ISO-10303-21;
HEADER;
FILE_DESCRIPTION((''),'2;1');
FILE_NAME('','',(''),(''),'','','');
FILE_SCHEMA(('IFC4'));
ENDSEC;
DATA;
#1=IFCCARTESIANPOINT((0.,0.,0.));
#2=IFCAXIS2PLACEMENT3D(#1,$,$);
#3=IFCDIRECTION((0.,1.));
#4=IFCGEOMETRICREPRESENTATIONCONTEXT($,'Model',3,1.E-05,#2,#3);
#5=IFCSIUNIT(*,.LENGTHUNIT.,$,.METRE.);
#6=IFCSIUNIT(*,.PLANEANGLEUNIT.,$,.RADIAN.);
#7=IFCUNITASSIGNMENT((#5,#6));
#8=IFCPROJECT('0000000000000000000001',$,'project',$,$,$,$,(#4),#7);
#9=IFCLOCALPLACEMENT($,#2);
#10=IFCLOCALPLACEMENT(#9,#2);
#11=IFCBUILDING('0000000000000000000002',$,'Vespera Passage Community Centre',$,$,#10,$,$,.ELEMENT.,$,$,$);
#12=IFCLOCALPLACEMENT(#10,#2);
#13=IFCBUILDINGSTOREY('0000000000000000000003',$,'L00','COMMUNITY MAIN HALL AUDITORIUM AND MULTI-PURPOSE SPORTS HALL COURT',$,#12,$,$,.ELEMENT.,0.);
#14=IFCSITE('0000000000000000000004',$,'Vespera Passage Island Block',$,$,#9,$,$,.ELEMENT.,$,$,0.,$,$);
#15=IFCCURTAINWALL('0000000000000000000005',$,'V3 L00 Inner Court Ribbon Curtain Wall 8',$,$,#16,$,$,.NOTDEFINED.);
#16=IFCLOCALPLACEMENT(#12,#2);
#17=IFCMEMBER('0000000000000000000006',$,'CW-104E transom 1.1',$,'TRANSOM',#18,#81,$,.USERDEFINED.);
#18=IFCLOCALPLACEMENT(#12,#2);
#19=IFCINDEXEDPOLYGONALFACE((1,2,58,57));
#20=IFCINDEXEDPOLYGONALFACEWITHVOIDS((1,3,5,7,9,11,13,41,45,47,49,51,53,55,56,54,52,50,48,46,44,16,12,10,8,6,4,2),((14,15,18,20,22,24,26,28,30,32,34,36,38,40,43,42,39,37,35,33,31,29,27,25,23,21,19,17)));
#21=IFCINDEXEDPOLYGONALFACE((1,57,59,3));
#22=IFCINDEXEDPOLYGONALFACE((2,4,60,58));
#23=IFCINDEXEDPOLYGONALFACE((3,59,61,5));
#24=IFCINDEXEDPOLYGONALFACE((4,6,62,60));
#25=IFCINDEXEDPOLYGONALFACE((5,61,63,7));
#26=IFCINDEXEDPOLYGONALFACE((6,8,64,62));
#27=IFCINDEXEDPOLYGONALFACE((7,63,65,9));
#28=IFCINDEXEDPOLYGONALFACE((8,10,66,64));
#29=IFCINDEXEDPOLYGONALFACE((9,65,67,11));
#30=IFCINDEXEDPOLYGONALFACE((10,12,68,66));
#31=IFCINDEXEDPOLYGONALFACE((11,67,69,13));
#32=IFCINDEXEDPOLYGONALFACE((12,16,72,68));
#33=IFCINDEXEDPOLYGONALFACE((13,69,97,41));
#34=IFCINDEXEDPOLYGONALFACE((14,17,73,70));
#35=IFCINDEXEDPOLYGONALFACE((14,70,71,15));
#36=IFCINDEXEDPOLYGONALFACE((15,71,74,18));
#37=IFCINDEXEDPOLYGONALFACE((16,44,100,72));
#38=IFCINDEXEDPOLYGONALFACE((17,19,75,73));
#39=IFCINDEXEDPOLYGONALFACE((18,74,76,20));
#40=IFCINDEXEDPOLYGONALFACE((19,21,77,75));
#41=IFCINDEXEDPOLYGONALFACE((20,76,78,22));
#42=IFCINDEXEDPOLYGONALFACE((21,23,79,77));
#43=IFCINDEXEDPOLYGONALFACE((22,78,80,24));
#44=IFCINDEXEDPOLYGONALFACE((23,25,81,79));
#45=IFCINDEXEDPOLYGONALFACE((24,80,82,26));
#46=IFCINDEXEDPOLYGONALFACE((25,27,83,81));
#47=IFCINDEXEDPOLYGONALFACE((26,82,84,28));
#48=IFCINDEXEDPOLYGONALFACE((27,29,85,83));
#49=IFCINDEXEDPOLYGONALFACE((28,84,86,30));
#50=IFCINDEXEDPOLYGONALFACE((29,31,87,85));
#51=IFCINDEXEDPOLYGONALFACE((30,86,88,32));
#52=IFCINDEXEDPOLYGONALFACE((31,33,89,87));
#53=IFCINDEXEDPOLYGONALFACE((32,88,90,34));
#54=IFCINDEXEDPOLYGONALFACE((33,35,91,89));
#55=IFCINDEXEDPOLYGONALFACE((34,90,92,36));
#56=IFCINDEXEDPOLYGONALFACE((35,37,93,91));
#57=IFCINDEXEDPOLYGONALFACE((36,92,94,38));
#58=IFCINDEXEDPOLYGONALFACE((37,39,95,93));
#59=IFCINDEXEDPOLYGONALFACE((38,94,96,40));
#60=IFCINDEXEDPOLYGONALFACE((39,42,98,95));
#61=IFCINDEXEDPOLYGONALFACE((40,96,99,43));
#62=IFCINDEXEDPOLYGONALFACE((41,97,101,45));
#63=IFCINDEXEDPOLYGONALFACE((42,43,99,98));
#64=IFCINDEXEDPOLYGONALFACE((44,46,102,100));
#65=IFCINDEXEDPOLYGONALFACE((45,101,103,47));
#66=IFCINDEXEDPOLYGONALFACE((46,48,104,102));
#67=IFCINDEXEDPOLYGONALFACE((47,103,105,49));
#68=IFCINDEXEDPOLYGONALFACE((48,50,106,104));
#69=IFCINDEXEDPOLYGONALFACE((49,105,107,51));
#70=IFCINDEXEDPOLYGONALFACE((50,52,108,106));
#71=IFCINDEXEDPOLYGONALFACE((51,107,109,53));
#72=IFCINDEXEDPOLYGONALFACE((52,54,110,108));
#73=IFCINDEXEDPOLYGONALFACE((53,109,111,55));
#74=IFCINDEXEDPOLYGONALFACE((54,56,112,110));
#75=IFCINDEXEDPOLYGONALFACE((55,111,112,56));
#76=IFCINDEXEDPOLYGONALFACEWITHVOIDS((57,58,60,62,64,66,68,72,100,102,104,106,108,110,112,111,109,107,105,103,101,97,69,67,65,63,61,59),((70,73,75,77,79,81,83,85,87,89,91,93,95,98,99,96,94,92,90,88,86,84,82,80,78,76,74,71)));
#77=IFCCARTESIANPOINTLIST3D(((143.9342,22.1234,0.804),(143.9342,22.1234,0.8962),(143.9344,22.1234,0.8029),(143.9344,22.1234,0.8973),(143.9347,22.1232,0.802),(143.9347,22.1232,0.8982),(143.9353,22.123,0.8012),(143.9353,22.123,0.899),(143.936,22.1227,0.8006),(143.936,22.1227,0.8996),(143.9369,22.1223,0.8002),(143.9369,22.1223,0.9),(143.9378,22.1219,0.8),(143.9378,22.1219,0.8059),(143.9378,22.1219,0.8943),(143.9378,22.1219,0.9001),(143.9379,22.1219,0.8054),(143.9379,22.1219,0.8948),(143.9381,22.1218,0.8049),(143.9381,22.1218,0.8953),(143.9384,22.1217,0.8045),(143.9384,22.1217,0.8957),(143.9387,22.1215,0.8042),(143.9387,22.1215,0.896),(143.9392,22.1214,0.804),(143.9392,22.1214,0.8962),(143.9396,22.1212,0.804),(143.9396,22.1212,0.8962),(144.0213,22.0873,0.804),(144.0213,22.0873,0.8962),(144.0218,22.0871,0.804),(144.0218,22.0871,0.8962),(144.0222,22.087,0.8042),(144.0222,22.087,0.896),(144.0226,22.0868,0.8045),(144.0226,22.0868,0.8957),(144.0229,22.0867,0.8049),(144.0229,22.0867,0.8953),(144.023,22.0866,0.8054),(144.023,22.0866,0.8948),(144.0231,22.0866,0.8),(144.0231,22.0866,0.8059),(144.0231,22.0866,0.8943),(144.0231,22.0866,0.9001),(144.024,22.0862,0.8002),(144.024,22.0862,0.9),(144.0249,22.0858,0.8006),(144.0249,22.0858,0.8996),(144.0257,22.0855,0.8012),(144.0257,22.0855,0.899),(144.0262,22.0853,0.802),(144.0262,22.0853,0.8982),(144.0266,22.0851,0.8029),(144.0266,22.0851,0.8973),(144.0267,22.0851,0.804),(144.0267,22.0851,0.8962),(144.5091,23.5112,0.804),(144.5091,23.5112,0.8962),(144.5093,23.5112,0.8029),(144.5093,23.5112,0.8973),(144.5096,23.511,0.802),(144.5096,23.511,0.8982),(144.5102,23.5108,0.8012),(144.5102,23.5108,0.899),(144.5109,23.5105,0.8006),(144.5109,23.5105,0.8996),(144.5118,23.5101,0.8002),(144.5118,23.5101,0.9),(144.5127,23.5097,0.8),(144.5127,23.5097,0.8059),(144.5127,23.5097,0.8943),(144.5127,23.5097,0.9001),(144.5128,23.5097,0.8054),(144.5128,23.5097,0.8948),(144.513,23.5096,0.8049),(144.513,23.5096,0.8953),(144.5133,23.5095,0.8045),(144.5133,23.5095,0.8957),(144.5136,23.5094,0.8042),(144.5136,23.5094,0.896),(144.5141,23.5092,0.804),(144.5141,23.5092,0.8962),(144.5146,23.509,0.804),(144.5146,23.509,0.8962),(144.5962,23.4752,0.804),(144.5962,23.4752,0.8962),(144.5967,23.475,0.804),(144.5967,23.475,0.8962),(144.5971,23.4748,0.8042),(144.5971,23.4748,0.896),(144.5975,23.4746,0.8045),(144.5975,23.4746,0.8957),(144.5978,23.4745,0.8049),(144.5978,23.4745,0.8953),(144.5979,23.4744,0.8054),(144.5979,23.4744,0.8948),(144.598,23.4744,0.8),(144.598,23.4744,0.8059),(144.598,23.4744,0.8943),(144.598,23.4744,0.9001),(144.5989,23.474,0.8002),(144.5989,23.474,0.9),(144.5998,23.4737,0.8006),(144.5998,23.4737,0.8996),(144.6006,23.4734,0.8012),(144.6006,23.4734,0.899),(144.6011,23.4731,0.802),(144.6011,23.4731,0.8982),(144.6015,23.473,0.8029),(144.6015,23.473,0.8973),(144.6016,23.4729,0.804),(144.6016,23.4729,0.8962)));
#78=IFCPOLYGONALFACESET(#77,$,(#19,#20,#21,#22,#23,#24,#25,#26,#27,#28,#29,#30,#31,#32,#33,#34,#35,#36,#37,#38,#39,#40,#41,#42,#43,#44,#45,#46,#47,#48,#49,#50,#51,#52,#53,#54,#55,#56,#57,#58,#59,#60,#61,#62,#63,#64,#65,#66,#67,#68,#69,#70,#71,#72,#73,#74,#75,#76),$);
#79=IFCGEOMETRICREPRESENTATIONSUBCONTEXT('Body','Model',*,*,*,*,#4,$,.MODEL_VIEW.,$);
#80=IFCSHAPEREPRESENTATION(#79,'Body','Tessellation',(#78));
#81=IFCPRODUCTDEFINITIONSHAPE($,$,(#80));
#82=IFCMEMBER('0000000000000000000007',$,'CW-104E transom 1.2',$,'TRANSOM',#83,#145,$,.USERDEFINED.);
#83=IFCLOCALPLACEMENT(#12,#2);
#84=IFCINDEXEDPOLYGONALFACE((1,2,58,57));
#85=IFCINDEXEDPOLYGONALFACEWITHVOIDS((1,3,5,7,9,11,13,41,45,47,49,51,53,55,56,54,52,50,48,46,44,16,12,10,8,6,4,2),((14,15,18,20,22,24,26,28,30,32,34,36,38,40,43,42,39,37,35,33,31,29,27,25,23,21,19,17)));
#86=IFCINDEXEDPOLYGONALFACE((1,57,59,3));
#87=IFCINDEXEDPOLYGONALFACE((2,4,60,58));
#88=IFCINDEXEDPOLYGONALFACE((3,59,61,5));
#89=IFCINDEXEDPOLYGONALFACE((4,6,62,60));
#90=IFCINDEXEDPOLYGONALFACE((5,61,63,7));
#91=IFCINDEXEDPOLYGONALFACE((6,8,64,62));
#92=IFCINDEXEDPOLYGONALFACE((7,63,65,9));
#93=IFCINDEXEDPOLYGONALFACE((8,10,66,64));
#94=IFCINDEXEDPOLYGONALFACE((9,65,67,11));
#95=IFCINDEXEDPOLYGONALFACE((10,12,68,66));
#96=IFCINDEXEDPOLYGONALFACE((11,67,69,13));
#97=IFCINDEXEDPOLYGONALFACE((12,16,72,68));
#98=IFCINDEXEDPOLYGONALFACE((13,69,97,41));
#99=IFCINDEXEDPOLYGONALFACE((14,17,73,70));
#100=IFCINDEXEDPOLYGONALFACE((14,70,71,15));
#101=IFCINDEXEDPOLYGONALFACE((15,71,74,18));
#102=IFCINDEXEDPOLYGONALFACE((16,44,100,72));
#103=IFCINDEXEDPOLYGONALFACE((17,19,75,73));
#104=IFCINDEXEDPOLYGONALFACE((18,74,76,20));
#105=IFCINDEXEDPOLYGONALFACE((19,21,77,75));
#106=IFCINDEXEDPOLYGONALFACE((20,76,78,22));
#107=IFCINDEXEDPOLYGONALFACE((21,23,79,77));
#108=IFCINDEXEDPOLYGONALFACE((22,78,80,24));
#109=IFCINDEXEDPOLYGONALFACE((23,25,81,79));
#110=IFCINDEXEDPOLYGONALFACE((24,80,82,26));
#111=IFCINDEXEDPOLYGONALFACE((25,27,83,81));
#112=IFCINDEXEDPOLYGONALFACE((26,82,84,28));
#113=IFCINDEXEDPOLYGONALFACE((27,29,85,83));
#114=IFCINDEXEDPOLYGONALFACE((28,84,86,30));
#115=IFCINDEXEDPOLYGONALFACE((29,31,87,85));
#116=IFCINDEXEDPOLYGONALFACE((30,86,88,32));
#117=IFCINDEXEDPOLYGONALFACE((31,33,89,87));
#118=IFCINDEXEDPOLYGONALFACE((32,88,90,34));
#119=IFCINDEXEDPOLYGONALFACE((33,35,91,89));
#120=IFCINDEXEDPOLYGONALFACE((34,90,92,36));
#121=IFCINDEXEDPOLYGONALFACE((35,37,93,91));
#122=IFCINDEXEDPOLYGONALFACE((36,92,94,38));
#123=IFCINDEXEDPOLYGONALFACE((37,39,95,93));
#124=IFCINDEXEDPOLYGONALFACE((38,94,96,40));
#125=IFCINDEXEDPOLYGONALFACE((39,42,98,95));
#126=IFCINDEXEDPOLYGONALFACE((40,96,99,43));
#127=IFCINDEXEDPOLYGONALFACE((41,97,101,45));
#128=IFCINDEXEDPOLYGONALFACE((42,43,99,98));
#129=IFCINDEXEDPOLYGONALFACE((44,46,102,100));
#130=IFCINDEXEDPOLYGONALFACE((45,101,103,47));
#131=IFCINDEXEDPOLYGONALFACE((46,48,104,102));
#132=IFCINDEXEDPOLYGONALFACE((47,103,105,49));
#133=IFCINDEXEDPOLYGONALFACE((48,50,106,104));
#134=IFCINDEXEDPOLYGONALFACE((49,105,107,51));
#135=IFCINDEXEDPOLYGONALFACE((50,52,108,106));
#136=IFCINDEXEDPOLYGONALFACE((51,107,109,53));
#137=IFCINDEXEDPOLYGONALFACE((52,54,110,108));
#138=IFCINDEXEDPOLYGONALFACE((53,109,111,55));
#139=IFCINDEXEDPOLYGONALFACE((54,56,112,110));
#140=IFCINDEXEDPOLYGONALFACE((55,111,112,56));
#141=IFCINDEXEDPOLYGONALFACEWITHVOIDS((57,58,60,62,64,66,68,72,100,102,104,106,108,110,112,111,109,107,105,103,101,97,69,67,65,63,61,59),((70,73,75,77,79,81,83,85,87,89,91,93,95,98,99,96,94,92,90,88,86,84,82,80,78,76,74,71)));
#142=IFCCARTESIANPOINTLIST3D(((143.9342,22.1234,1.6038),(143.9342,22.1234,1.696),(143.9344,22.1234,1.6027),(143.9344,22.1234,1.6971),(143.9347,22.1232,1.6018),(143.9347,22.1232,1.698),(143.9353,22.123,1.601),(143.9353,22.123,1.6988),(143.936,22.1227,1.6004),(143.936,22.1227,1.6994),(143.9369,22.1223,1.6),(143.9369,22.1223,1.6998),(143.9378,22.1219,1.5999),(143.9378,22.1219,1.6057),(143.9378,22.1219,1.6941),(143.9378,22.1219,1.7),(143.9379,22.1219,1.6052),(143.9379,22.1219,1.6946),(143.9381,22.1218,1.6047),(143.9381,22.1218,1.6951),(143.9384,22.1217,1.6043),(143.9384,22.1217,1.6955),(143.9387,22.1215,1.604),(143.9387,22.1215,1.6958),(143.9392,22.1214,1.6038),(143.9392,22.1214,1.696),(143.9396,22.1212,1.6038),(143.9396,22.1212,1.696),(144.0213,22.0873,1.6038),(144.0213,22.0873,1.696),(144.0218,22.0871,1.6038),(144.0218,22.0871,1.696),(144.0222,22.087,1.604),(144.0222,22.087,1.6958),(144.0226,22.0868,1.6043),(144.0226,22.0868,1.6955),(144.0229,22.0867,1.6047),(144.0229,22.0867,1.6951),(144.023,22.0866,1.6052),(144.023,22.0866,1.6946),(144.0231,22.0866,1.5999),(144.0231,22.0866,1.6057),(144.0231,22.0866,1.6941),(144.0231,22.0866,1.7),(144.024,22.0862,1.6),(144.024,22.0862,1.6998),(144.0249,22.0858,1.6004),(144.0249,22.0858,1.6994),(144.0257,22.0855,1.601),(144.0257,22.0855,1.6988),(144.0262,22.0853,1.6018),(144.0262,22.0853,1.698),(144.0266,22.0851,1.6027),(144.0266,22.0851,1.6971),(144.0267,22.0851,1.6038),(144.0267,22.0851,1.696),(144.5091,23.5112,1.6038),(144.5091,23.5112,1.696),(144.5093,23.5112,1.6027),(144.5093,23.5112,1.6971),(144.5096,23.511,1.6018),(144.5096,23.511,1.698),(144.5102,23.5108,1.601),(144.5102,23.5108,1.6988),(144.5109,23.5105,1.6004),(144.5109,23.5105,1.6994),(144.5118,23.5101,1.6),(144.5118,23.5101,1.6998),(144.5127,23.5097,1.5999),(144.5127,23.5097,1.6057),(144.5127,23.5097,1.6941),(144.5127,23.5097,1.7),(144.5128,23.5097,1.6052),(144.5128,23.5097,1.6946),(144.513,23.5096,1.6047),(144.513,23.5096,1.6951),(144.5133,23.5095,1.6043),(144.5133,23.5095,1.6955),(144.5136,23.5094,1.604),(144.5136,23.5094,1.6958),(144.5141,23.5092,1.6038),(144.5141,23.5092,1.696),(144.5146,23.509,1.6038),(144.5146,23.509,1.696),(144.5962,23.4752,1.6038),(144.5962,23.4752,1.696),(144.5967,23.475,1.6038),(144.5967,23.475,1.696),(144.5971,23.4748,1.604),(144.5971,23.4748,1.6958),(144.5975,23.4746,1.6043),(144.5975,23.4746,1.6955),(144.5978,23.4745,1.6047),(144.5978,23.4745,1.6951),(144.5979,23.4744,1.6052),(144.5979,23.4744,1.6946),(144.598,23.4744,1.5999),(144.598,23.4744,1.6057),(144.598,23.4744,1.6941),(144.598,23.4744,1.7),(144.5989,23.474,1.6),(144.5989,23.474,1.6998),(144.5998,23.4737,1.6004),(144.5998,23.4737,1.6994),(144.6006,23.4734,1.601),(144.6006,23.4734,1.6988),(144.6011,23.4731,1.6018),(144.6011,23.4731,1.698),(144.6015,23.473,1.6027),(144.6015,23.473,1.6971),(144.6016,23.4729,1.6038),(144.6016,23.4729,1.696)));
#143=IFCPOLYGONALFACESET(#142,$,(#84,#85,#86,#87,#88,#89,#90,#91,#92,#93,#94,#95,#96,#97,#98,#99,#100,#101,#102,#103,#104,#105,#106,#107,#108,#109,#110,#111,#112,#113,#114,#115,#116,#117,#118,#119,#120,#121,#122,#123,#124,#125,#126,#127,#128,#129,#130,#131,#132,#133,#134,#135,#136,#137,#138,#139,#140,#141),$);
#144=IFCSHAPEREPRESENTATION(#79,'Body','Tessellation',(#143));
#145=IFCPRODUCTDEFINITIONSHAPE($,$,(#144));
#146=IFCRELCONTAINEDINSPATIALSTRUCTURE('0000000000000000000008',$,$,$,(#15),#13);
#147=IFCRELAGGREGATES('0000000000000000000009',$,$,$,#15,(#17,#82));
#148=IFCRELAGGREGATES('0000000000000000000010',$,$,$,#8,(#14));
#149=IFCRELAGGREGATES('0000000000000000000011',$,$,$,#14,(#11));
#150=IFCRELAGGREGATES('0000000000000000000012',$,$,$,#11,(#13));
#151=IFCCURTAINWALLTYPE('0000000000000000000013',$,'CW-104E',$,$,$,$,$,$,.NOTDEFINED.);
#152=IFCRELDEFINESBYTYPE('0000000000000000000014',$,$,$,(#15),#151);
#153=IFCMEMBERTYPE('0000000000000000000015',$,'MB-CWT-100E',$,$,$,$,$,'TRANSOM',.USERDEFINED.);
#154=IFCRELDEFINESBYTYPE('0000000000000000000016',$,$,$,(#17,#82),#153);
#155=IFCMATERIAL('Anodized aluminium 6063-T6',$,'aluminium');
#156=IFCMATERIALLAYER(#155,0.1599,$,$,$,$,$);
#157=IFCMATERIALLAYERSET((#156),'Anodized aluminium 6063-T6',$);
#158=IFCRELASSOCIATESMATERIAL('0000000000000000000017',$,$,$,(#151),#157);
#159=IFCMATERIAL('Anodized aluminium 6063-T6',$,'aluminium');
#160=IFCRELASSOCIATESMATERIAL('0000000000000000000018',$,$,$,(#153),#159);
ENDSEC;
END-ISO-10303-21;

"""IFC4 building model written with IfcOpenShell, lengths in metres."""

from ifc_helpers import new_model, si_unit, direction, frame, origin, origin_2d, place, context, subcontext, project, spatial, hollow_rectangle, extrude, material, layer, layer_set, material_profile, profile_set, type_object, element, aggregate, save


model = new_model("IFC4")

# Units and contexts
model_context = context("Model", 3, precision=1e-05, world=origin(), true_north=direction((0.0, 1.0)))
body_context = subcontext(model_context, "Body", "Model", "MODEL_VIEW")
ifc_project = project(units=[si_unit("LENGTHUNIT", "METRE"), si_unit("PLANEANGLEUNIT", "RADIAN")], contexts=[model_context])

# Site, building, storey
site_placement = place(None, origin())
site = spatial("IfcSite", under=ifc_project, at=site_placement, Name="Vespera Passage Island Block", CompositionType="ELEMENT", RefElevation=0.0)
building_placement = place(site_placement, origin())
building = spatial("IfcBuilding", under=site, at=building_placement, Name="Vespera Passage Community Centre", CompositionType="ELEMENT")
storey_placement = place(building_placement, origin())
storey = spatial("IfcBuildingStorey", under=building, at=storey_placement, Name="L00", Description="COMMUNITY MAIN HALL AUDITORIUM AND MULTI-PURPOSE SPORTS HALL COURT", CompositionType="ELEMENT", Elevation=0.0)

# Curtain wall
ifc_material_1 = material(Name="Anodized aluminium 6063-T6", Category="aluminium")
ifc_layer_1 = layer(ifc_material_1, 0.1599)
ifc_layer_set_1 = layer_set([ifc_layer_1], Name="Anodized aluminium 6063-T6")
curtain_wall_type = type_object("IfcCurtainWallType", Name="CW-104E", PredefinedType="NOTDEFINED", material=ifc_layer_set_1)
curtain_wall_1_placement = place(storey_placement, origin())
curtain_wall_1 = element("IfcCurtainWall", 1, at=curtain_wall_1_placement, inside=storey, type_object=curtain_wall_type, Name="V3 L00 Inner Court Ribbon Curtain Wall 8", PredefinedType="NOTDEFINED")

# Members
ifc_material_2 = material(Name="Anodized aluminium 6063-T6", Category="aluminium")
ifc_material_profile_1 = material_profile(ifc_material_2, hollow_rectangle(XDim=0.1001, YDim=0.1001, WallThickness=0.0039, InnerFilletRadius=0.002, OuterFilletRadius=0.0039, at=origin_2d()), Name="ALU100X100X4")
ifc_profile_set_1 = profile_set([ifc_material_profile_1], Name="Anodized aluminium 6063-T6")
member_type_1 = type_object("IfcMemberType", Name="MB-CWT-100E", ElementType="TRANSOM", PredefinedType="USERDEFINED", material=ifc_profile_set_1)
member_1_placement = place(storey_placement, frame((143.9805, 22.1042, 0.8501), z_axis=(0.382711, 0.923868, 0.0), x_axis=(-0.923868, 0.382711, 0.0)))
member_1 = element("IfcMember", 2, at=member_1_placement, type_object=member_type_1, Name="CW-104E transom 1.1", ObjectType="TRANSOM", PredefinedType="USERDEFINED", context=body_context, shape_type="SweptSolid", body=[
    extrude(hollow_rectangle(XDim=0.1001, YDim=0.1001, WallThickness=0.0039, InnerFilletRadius=0.002, OuterFilletRadius=0.0039, at=origin_2d()), origin(), (0.0, 0.0, 1.0), 1.5022),
])
member_2_placement = place(storey_placement, frame((143.9805, 22.1042, 1.6499), z_axis=(0.382711, 0.923868, 0.0), x_axis=(-0.923868, 0.382711, 0.0)))
member_2 = element("IfcMember", 3, at=member_2_placement, type_object=member_type_1, Name="CW-104E transom 1.2", ObjectType="TRANSOM", PredefinedType="USERDEFINED", context=body_context, shape_type="SweptSolid", body=[
    extrude(hollow_rectangle(XDim=0.1001, YDim=0.1001, WallThickness=0.0039, InnerFilletRadius=0.002, OuterFilletRadius=0.0039, at=origin_2d()), origin(), (0.0, 0.0, 1.0), 1.5022),
])

aggregate(curtain_wall_1, [member_1, member_2])

save(model, "model.ifc")
